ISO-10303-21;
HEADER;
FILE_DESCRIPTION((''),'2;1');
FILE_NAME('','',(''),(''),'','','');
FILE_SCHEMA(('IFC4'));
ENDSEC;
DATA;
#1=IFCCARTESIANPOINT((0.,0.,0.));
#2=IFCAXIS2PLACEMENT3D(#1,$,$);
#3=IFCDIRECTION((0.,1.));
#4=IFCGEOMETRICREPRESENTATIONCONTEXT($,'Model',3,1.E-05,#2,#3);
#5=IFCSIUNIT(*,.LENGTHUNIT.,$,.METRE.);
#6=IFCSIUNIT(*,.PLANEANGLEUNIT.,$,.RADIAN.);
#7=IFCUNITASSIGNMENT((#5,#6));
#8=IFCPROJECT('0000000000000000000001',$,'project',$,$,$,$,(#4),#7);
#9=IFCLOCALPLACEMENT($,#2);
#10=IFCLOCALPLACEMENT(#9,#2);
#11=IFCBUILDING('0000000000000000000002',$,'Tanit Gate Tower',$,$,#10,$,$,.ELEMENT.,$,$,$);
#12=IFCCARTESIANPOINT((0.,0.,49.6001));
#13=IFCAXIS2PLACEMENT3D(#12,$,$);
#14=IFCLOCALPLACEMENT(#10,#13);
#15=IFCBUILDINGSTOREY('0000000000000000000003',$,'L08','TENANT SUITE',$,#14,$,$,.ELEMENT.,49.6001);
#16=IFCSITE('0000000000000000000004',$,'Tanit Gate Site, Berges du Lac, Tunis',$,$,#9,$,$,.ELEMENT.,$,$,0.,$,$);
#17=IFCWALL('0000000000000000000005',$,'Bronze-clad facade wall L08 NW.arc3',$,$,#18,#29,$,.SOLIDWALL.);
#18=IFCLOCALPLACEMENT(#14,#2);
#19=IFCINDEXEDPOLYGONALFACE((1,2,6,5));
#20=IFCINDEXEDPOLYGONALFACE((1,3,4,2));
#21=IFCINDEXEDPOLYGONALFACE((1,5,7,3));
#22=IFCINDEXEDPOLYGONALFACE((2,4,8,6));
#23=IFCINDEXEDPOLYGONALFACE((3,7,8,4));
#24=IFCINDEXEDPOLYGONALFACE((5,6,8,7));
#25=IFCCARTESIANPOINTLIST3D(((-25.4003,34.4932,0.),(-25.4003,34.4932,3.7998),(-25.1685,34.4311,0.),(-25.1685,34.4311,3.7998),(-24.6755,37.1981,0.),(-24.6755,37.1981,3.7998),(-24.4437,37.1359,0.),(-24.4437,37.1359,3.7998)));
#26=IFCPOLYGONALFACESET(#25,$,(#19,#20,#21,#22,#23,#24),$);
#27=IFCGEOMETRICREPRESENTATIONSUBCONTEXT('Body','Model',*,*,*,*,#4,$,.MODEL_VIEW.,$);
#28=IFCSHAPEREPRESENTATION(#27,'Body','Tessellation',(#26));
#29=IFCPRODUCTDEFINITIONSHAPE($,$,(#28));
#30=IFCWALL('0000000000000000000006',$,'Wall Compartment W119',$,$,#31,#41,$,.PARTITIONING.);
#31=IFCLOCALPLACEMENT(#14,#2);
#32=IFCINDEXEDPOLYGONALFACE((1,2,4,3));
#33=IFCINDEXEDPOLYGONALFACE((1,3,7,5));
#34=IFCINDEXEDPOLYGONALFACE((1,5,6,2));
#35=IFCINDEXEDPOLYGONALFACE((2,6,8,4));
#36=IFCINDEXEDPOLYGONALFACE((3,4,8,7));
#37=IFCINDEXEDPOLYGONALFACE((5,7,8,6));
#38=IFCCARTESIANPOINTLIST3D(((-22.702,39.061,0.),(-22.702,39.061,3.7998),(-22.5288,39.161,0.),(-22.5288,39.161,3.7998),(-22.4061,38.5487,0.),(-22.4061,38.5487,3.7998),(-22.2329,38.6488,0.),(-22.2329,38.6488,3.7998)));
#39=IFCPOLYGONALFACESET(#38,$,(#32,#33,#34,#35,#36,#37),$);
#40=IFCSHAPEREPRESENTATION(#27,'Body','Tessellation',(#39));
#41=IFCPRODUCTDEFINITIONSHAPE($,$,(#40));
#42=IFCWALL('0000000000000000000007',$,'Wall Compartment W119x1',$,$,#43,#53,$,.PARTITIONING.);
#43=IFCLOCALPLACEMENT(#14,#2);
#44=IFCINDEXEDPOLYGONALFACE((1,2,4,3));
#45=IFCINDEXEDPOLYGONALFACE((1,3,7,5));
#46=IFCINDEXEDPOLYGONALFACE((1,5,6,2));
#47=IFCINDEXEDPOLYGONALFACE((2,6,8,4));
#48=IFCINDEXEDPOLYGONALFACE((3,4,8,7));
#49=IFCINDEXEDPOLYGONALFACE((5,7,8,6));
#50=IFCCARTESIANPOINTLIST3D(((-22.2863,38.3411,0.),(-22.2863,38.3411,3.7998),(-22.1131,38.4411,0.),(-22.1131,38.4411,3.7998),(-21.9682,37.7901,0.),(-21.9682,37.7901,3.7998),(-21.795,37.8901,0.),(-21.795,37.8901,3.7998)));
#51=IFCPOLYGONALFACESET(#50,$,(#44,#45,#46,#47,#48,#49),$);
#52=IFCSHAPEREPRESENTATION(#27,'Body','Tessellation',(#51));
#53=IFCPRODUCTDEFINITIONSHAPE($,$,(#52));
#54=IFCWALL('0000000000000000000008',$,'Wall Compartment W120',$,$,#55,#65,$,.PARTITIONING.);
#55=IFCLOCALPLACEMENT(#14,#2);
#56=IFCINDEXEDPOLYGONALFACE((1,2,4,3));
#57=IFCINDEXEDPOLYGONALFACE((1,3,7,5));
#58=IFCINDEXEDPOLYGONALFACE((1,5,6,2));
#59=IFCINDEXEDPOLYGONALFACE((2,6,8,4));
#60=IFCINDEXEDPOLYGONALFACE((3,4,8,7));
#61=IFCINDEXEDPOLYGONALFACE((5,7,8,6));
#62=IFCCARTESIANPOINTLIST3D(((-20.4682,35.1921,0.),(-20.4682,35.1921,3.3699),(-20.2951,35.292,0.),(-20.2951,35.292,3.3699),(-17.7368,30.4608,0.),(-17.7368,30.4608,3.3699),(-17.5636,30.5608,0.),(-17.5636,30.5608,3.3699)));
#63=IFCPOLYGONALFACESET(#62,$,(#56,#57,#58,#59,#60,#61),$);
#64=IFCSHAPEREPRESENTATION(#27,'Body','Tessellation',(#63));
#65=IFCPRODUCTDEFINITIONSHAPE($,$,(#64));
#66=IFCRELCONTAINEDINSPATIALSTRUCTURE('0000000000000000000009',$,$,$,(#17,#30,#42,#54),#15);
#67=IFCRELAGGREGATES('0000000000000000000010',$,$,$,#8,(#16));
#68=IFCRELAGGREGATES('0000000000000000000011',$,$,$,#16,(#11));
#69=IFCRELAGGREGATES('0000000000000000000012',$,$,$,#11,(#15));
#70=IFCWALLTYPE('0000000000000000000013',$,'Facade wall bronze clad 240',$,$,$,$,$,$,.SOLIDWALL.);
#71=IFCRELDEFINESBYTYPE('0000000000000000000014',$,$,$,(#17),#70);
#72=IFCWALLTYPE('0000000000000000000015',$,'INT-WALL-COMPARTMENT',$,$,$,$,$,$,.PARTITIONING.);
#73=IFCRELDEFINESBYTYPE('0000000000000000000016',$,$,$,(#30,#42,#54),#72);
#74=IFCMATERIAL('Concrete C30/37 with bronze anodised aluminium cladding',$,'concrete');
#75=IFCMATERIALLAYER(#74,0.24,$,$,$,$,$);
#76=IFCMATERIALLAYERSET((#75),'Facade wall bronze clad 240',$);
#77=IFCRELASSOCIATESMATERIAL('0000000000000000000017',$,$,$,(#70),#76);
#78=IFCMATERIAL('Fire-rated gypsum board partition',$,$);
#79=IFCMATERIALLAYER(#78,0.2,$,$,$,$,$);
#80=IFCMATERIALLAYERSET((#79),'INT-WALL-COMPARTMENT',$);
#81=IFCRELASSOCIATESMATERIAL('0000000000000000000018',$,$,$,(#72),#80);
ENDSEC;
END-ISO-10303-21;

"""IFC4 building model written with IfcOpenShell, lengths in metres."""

from ifc_helpers import new_model, si_unit, direction, frame, frame_2d, origin, place, context, subcontext, project, spatial, rectangle, extrude, material, layer, layer_set, type_object, element, save


model = new_model("IFC4")

# Units and contexts
model_context = context("Model", 3, precision=1e-05, world=origin(), true_north=direction((0.0, 1.0)))
body_context = subcontext(model_context, "Body", "Model", "MODEL_VIEW")
ifc_project = project(units=[si_unit("LENGTHUNIT", "METRE"), si_unit("PLANEANGLEUNIT", "RADIAN")], contexts=[model_context])

# Site, building, storey
site_placement = place(None, origin())
site = spatial("IfcSite", under=ifc_project, at=site_placement, Name="Tanit Gate Site, Berges du Lac, Tunis", CompositionType="ELEMENT", RefElevation=0.0)
building_placement = place(site_placement, origin())
building = spatial("IfcBuilding", under=site, at=building_placement, Name="Tanit Gate Tower", CompositionType="ELEMENT")
storey_placement = place(building_placement, frame((0.0, 0.0, 49.6001)))
storey = spatial("IfcBuildingStorey", under=building, at=storey_placement, Name="L08", Description="TENANT SUITE", CompositionType="ELEMENT", Elevation=49.6001)

# Walls
ifc_material_1 = material(Name="Concrete C30/37 with bronze anodised aluminium cladding", Category="concrete")
ifc_layer_1 = layer(ifc_material_1, 0.24)
ifc_layer_set_1 = layer_set([ifc_layer_1], Name="Facade wall bronze clad 240")
wall_type_1 = type_object("IfcWallType", Name="Facade wall bronze clad 240", PredefinedType="SOLIDWALL", material=ifc_layer_set_1)
wall_1_placement = place(storey_placement, frame((-24.5596, 37.167, 0.0), z_axis=(0.0, 0.0, 1.0), x_axis=(-0.258851, -0.965917, 0.0)))
element("IfcWall", 1, at=wall_1_placement, inside=storey, type_object=wall_type_1, Name="Bronze-clad facade wall L08 NW.arc3", PredefinedType="SOLIDWALL", context=body_context, shape_type="SweptSolid", body=[
    extrude(rectangle(XDim=2.8003, YDim=0.24, at=frame_2d((1.4001, 0.0))), origin(), (0.0, 0.0, 1.0), 3.7998),
])
ifc_material_2 = material(Name="Fire-rated gypsum board partition")
ifc_layer_2 = layer(ifc_material_2, 0.2)
ifc_layer_set_2 = layer_set([ifc_layer_2], Name="INT-WALL-COMPARTMENT")
wall_type_2 = type_object("IfcWallType", Name="INT-WALL-COMPARTMENT", PredefinedType="PARTITIONING", material=ifc_layer_set_2)
wall_2_placement = place(storey_placement, frame((-22.6155, 39.1111, 0.0), z_axis=(0.0, 0.0, 1.0), x_axis=(0.500223, -0.865897, 0.0)))
element("IfcWall", 2, at=wall_2_placement, inside=storey, type_object=wall_type_2, Name="Wall Compartment W119", PredefinedType="PARTITIONING", context=body_context, shape_type="SweptSolid", body=[
    extrude(rectangle(XDim=0.5916, YDim=0.2, at=frame_2d((0.2959, 0.0))), origin(), (0.0, 0.0, 1.0), 3.7998),
])
wall_3_placement = place(storey_placement, frame((-22.1997, 38.3911, 0.0), z_axis=(0.0, 0.0, 1.0), x_axis=(0.499977, -0.866039, 0.0)))
element("IfcWall", 3, at=wall_3_placement, inside=storey, type_object=wall_type_2, Name="Wall Compartment W119x1", PredefinedType="PARTITIONING", context=body_context, shape_type="SweptSolid", body=[
    extrude(rectangle(XDim=0.6362, YDim=0.2, at=frame_2d((0.3181, 0.0))), origin(), (0.0, 0.0, 1.0), 3.7998),
])
wall_4_placement = place(storey_placement, frame((-20.3816, 35.2419, 0.0), z_axis=(0.0, 0.0, 1.0), x_axis=(0.499984, -0.866035, 0.0)))
element("IfcWall", 4, at=wall_4_placement, inside=storey, type_object=wall_type_2, Name="Wall Compartment W120", PredefinedType="PARTITIONING", context=body_context, shape_type="SweptSolid", body=[
    extrude(rectangle(XDim=5.4631, YDim=0.2, at=frame_2d((2.7314, 0.0))), origin(), (0.0, 0.0, 1.0), 3.3699),
])

save(model, "model.ifc")
